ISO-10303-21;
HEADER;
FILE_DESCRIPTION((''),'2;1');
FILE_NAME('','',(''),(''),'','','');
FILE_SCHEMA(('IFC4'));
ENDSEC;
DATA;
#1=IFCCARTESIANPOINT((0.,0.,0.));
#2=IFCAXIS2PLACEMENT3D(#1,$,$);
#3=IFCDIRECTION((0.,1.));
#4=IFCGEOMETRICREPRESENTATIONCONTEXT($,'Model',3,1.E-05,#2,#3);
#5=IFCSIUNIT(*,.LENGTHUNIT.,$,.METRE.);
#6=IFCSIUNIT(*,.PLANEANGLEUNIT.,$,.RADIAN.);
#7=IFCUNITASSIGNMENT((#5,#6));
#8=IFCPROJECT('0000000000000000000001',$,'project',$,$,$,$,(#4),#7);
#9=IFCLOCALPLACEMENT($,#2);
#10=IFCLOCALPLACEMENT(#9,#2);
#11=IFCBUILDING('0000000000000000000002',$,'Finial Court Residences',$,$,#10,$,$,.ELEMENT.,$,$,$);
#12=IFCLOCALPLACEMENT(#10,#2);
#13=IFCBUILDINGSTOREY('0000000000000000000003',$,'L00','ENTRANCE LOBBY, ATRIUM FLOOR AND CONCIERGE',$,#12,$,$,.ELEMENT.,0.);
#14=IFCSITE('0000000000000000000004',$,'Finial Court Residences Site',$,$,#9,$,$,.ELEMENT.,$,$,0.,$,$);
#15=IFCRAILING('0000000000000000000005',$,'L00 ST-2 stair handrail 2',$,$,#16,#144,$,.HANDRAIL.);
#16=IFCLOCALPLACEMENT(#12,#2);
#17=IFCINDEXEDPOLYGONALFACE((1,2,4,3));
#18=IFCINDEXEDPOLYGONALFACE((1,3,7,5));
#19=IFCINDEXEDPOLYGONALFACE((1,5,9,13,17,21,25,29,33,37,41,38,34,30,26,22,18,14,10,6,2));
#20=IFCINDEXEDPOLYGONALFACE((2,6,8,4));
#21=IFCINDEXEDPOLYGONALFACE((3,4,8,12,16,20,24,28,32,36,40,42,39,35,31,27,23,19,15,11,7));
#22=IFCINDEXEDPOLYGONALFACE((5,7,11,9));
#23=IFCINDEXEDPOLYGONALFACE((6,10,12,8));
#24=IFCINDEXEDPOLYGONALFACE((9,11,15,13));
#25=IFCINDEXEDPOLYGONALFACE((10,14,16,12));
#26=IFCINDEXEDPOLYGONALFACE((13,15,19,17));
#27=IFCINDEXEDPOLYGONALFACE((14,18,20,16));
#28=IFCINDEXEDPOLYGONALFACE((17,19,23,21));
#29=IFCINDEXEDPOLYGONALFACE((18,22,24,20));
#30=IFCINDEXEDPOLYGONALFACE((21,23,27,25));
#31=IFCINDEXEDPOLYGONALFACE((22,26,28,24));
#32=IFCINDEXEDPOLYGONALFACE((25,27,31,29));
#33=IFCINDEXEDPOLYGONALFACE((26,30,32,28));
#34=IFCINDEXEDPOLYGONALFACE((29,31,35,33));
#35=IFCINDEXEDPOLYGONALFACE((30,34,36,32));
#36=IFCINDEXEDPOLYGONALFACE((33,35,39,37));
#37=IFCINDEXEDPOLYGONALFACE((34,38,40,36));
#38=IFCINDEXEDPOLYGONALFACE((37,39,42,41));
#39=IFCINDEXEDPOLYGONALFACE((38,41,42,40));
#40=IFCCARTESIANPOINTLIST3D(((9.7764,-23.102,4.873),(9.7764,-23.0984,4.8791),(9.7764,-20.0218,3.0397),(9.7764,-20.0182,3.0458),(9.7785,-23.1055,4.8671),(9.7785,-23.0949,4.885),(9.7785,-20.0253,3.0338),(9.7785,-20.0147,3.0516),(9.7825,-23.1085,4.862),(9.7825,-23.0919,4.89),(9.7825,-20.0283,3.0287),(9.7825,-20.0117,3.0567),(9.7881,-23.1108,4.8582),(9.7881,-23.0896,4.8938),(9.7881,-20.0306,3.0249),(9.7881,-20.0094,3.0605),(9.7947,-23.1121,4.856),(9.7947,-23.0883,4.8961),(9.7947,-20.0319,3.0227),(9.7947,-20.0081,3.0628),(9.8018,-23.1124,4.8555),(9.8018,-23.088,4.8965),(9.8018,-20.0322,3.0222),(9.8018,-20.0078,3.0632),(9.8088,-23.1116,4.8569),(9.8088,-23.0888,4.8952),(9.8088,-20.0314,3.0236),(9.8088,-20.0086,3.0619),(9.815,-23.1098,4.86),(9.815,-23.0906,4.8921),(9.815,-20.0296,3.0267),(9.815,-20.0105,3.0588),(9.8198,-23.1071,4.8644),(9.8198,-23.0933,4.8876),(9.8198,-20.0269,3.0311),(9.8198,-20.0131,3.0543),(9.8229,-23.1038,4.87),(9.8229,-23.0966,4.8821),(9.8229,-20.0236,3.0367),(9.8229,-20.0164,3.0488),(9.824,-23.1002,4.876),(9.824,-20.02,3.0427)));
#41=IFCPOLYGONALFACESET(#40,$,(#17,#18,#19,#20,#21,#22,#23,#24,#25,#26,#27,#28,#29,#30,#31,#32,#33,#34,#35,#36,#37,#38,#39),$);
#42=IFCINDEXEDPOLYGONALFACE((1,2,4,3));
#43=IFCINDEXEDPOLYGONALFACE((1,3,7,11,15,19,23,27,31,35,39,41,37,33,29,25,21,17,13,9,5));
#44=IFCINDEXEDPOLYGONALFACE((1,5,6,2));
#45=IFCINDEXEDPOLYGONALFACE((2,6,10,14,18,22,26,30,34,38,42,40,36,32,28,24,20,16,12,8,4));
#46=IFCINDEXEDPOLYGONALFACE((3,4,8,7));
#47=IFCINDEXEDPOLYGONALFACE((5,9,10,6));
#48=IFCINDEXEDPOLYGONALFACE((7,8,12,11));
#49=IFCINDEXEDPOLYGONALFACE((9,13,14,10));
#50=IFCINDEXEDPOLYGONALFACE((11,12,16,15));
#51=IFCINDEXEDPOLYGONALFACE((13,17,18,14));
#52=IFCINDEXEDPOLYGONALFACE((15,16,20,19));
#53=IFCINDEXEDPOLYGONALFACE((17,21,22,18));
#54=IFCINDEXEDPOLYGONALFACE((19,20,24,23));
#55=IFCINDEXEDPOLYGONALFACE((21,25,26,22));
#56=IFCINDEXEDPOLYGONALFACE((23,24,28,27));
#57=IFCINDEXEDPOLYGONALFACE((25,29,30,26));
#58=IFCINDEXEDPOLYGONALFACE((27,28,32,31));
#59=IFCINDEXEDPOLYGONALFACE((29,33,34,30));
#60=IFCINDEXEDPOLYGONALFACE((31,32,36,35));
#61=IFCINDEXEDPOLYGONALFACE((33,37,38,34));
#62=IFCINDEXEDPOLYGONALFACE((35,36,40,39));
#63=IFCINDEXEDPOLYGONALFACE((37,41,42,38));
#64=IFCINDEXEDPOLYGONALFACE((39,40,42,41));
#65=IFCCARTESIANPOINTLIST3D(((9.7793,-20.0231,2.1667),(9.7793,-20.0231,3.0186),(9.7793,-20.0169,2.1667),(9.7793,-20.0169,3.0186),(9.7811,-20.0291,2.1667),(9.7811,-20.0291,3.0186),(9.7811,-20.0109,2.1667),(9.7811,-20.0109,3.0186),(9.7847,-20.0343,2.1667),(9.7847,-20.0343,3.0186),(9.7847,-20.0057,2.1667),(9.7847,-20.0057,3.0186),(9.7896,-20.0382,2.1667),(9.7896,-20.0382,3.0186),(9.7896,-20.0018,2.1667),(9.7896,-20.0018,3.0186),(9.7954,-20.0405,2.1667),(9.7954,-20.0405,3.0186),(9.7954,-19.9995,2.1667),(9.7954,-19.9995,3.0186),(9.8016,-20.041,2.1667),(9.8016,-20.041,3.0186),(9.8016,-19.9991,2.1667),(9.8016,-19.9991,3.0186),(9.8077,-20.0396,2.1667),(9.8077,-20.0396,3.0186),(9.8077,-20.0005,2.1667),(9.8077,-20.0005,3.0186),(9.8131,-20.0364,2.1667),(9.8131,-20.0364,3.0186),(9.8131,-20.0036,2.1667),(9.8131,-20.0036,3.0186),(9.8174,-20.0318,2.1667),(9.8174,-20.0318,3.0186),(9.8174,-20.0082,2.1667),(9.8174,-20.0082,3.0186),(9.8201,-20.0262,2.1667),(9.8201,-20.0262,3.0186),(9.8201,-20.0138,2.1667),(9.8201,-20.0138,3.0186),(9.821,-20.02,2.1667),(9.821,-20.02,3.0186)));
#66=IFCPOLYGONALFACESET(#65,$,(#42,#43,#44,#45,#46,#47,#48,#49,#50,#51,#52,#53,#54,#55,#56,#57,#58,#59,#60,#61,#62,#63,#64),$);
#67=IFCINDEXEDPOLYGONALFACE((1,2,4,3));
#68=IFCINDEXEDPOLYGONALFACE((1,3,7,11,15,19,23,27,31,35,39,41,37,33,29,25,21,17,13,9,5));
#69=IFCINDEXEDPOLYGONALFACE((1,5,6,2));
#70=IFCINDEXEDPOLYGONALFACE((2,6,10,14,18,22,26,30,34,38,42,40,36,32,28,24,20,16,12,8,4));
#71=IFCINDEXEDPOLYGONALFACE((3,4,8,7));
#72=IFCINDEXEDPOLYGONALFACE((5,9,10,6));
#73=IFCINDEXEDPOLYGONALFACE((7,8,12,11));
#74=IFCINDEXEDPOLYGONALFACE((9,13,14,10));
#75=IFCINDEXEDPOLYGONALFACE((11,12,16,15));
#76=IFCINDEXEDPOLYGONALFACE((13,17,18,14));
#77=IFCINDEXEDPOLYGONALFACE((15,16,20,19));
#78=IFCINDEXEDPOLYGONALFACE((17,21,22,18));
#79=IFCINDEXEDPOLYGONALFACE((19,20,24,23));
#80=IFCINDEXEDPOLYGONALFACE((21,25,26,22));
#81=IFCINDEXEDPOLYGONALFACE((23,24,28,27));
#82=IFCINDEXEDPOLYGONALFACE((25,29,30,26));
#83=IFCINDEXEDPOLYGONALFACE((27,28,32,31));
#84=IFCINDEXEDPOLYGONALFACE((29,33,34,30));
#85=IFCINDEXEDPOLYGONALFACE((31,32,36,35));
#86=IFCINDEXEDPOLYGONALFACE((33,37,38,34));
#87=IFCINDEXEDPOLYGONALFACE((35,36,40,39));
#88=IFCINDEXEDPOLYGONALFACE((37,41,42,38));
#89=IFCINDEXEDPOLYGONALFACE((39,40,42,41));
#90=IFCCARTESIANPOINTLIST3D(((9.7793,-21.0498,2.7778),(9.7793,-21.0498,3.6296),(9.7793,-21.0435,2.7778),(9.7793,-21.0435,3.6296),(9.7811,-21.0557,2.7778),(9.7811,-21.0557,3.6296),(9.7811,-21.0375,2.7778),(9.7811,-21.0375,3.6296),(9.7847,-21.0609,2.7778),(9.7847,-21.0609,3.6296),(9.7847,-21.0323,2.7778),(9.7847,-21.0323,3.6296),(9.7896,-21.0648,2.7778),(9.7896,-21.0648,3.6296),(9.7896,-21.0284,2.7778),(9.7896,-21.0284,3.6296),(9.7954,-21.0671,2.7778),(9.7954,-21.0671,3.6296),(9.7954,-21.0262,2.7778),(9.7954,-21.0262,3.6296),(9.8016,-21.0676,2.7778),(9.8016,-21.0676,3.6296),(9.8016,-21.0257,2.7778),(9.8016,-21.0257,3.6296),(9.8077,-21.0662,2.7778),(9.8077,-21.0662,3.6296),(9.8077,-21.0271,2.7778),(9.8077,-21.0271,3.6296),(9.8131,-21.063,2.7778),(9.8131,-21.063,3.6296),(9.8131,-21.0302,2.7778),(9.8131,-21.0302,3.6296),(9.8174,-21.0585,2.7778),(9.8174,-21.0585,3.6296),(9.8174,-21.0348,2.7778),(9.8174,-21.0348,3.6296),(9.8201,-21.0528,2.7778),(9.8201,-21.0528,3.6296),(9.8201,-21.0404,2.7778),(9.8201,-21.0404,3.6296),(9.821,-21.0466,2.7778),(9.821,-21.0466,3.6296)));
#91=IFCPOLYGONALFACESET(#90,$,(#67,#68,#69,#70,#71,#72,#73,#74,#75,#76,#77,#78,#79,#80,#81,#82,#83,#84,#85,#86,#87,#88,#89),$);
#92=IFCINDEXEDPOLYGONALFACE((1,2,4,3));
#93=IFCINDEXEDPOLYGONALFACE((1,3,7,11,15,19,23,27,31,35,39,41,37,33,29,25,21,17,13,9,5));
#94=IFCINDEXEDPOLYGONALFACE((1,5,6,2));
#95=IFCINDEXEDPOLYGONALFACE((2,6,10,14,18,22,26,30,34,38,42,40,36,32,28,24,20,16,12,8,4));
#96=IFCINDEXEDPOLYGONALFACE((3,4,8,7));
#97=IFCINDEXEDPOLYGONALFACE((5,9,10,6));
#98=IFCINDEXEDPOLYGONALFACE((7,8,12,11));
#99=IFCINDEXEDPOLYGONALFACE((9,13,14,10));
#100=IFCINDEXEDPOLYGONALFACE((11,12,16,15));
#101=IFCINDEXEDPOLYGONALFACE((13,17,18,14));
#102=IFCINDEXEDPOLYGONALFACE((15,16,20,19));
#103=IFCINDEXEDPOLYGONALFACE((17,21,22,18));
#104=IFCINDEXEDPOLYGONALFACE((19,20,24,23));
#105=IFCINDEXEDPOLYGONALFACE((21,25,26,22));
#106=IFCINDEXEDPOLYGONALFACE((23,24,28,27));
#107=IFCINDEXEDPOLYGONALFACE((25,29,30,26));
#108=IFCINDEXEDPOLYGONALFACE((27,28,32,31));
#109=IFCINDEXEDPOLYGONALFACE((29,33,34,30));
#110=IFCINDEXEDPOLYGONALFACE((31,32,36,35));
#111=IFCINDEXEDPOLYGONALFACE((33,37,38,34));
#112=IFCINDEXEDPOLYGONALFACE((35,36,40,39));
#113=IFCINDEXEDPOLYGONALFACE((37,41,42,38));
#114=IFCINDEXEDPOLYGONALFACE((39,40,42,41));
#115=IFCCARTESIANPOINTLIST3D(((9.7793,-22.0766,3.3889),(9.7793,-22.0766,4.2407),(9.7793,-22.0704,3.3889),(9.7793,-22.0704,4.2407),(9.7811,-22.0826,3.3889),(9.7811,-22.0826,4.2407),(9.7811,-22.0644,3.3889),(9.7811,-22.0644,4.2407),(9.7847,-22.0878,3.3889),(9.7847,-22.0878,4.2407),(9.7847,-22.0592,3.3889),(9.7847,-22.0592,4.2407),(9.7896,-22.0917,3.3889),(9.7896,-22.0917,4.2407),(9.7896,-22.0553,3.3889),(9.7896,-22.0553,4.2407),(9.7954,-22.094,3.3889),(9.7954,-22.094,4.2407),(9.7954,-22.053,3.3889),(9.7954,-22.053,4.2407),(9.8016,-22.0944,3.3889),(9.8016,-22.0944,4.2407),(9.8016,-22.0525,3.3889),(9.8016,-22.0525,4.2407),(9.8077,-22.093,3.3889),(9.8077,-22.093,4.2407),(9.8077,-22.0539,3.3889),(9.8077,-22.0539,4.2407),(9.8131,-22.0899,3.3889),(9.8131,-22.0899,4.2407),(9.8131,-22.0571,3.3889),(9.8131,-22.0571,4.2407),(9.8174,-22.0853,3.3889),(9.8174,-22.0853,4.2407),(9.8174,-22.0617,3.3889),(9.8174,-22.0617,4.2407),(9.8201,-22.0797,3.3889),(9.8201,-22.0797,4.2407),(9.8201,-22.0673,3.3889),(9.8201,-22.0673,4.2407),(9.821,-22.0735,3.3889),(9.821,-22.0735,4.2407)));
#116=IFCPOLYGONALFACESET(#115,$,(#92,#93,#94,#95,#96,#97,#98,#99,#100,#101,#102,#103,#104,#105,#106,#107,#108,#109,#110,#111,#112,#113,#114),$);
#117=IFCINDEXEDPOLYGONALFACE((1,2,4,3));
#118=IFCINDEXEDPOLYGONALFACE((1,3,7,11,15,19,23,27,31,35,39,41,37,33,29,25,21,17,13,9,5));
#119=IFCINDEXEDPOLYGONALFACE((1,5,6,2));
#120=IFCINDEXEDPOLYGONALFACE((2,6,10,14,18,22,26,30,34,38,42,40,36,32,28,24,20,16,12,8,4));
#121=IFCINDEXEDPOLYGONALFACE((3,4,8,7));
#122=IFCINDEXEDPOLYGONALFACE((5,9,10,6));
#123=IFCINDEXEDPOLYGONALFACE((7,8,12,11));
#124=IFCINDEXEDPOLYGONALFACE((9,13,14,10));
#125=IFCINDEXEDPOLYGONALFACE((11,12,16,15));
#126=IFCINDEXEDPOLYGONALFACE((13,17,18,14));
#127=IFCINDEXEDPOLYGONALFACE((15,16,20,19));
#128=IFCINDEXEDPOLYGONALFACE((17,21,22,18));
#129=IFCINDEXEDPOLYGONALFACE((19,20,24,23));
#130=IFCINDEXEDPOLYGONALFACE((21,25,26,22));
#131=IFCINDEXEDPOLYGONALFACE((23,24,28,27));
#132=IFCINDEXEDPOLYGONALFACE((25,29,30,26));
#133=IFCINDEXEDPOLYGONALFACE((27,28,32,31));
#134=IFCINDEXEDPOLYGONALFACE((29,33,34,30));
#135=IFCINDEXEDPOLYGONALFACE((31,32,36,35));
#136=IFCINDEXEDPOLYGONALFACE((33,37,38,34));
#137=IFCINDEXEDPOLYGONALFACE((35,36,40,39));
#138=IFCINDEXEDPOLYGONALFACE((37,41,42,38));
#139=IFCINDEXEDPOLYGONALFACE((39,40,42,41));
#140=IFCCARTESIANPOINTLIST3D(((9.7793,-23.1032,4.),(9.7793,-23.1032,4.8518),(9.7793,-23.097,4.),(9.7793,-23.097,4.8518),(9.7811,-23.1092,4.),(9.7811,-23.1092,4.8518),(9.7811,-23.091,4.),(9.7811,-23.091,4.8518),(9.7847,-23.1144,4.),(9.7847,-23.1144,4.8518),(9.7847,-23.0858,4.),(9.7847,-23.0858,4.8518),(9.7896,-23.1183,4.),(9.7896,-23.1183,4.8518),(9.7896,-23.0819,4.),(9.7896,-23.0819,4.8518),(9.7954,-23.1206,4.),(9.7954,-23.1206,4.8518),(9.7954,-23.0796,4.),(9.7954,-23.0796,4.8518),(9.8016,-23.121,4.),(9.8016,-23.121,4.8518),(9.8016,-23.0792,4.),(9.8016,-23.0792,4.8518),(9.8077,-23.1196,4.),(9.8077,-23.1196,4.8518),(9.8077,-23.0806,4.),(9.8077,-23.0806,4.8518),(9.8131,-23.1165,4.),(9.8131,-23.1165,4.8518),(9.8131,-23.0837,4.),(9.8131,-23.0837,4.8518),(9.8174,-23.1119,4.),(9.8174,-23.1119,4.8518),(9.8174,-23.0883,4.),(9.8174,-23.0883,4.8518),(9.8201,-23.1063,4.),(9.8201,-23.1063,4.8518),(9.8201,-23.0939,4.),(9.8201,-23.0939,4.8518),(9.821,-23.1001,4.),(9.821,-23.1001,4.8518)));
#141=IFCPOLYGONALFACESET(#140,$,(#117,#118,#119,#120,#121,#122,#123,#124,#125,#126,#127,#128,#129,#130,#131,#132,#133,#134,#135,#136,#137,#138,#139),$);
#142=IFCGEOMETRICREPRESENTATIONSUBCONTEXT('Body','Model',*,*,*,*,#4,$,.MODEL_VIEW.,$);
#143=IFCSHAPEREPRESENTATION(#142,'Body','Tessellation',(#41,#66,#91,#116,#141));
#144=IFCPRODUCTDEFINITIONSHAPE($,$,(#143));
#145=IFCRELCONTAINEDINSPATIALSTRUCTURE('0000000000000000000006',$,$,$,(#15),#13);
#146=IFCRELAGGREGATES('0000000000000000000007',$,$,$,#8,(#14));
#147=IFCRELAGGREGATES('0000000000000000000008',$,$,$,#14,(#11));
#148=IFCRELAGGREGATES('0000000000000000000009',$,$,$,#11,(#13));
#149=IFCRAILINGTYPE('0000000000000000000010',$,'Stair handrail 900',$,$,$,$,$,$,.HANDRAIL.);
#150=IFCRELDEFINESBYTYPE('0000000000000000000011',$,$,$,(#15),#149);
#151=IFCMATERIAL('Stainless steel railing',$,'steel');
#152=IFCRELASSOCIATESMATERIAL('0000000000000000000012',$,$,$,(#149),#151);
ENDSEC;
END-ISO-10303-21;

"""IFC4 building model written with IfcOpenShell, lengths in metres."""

from ifc_helpers import new_model, si_unit, direction, frame, origin, origin_2d, place, context, subcontext, project, spatial, circle, extrude, material, type_object, element, save


model = new_model("IFC4")

# Units and contexts
model_context = context("Model", 3, precision=1e-05, world=origin(), true_north=direction((0.0, 1.0)))
body_context = subcontext(model_context, "Body", "Model", "MODEL_VIEW")
ifc_project = project(units=[si_unit("LENGTHUNIT", "METRE"), si_unit("PLANEANGLEUNIT", "RADIAN")], contexts=[model_context])

# Site, building, storey
site_placement = place(None, origin())
site = spatial("IfcSite", under=ifc_project, at=site_placement, Name="Finial Court Residences Site", CompositionType="ELEMENT", RefElevation=0.0)
building_placement = place(site_placement, origin())
building = spatial("IfcBuilding", under=site, at=building_placement, Name="Finial Court Residences", CompositionType="ELEMENT")
storey_placement = place(building_placement, origin())
storey = spatial("IfcBuildingStorey", under=building, at=storey_placement, Name="L00", Description="ENTRANCE LOBBY, ATRIUM FLOOR AND CONCIERGE", CompositionType="ELEMENT", Elevation=0.0)

# Railing
ifc_material_1 = material(Name="Stainless steel railing", Category="steel")
railing_type = type_object("IfcRailingType", Name="Stair handrail 900", PredefinedType="HANDRAIL", material=ifc_material_1)
railing_1_placement = place(storey_placement, frame((9.8, -20.02, 2.1667)))
element("IfcRailing", 1, at=railing_1_placement, inside=storey, type_object=railing_type, Name="L00 ST-2 stair handrail 2", PredefinedType="HANDRAIL", context=body_context, shape_type="SweptSolid", body=[
    extrude(circle(Radius=0.0239, at=origin_2d()), frame((0.0, 0.0, 0.876), z_axis=(0.0, -0.859309, 0.511458), x_axis=(1.0, 0.0, 0.0)), (0.0, 0.0, 1.0), 3.5845),
    extrude(circle(Radius=0.021, at=origin_2d()), origin(), (0.0, 0.0, 1.0), 0.8518),
    extrude(circle(Radius=0.021, at=origin_2d()), frame((0.0, -1.0266, 0.6111)), (0.0, 0.0, 1.0), 0.8518),
    extrude(circle(Radius=0.021, at=origin_2d()), frame((0.0, -2.0535, 1.2222)), (0.0, 0.0, 1.0), 0.8518),
    extrude(circle(Radius=0.021, at=origin_2d()), frame((0.0, -3.0801, 1.8333)), (0.0, 0.0, 1.0), 0.8518),
])

save(model, "model.ifc")
